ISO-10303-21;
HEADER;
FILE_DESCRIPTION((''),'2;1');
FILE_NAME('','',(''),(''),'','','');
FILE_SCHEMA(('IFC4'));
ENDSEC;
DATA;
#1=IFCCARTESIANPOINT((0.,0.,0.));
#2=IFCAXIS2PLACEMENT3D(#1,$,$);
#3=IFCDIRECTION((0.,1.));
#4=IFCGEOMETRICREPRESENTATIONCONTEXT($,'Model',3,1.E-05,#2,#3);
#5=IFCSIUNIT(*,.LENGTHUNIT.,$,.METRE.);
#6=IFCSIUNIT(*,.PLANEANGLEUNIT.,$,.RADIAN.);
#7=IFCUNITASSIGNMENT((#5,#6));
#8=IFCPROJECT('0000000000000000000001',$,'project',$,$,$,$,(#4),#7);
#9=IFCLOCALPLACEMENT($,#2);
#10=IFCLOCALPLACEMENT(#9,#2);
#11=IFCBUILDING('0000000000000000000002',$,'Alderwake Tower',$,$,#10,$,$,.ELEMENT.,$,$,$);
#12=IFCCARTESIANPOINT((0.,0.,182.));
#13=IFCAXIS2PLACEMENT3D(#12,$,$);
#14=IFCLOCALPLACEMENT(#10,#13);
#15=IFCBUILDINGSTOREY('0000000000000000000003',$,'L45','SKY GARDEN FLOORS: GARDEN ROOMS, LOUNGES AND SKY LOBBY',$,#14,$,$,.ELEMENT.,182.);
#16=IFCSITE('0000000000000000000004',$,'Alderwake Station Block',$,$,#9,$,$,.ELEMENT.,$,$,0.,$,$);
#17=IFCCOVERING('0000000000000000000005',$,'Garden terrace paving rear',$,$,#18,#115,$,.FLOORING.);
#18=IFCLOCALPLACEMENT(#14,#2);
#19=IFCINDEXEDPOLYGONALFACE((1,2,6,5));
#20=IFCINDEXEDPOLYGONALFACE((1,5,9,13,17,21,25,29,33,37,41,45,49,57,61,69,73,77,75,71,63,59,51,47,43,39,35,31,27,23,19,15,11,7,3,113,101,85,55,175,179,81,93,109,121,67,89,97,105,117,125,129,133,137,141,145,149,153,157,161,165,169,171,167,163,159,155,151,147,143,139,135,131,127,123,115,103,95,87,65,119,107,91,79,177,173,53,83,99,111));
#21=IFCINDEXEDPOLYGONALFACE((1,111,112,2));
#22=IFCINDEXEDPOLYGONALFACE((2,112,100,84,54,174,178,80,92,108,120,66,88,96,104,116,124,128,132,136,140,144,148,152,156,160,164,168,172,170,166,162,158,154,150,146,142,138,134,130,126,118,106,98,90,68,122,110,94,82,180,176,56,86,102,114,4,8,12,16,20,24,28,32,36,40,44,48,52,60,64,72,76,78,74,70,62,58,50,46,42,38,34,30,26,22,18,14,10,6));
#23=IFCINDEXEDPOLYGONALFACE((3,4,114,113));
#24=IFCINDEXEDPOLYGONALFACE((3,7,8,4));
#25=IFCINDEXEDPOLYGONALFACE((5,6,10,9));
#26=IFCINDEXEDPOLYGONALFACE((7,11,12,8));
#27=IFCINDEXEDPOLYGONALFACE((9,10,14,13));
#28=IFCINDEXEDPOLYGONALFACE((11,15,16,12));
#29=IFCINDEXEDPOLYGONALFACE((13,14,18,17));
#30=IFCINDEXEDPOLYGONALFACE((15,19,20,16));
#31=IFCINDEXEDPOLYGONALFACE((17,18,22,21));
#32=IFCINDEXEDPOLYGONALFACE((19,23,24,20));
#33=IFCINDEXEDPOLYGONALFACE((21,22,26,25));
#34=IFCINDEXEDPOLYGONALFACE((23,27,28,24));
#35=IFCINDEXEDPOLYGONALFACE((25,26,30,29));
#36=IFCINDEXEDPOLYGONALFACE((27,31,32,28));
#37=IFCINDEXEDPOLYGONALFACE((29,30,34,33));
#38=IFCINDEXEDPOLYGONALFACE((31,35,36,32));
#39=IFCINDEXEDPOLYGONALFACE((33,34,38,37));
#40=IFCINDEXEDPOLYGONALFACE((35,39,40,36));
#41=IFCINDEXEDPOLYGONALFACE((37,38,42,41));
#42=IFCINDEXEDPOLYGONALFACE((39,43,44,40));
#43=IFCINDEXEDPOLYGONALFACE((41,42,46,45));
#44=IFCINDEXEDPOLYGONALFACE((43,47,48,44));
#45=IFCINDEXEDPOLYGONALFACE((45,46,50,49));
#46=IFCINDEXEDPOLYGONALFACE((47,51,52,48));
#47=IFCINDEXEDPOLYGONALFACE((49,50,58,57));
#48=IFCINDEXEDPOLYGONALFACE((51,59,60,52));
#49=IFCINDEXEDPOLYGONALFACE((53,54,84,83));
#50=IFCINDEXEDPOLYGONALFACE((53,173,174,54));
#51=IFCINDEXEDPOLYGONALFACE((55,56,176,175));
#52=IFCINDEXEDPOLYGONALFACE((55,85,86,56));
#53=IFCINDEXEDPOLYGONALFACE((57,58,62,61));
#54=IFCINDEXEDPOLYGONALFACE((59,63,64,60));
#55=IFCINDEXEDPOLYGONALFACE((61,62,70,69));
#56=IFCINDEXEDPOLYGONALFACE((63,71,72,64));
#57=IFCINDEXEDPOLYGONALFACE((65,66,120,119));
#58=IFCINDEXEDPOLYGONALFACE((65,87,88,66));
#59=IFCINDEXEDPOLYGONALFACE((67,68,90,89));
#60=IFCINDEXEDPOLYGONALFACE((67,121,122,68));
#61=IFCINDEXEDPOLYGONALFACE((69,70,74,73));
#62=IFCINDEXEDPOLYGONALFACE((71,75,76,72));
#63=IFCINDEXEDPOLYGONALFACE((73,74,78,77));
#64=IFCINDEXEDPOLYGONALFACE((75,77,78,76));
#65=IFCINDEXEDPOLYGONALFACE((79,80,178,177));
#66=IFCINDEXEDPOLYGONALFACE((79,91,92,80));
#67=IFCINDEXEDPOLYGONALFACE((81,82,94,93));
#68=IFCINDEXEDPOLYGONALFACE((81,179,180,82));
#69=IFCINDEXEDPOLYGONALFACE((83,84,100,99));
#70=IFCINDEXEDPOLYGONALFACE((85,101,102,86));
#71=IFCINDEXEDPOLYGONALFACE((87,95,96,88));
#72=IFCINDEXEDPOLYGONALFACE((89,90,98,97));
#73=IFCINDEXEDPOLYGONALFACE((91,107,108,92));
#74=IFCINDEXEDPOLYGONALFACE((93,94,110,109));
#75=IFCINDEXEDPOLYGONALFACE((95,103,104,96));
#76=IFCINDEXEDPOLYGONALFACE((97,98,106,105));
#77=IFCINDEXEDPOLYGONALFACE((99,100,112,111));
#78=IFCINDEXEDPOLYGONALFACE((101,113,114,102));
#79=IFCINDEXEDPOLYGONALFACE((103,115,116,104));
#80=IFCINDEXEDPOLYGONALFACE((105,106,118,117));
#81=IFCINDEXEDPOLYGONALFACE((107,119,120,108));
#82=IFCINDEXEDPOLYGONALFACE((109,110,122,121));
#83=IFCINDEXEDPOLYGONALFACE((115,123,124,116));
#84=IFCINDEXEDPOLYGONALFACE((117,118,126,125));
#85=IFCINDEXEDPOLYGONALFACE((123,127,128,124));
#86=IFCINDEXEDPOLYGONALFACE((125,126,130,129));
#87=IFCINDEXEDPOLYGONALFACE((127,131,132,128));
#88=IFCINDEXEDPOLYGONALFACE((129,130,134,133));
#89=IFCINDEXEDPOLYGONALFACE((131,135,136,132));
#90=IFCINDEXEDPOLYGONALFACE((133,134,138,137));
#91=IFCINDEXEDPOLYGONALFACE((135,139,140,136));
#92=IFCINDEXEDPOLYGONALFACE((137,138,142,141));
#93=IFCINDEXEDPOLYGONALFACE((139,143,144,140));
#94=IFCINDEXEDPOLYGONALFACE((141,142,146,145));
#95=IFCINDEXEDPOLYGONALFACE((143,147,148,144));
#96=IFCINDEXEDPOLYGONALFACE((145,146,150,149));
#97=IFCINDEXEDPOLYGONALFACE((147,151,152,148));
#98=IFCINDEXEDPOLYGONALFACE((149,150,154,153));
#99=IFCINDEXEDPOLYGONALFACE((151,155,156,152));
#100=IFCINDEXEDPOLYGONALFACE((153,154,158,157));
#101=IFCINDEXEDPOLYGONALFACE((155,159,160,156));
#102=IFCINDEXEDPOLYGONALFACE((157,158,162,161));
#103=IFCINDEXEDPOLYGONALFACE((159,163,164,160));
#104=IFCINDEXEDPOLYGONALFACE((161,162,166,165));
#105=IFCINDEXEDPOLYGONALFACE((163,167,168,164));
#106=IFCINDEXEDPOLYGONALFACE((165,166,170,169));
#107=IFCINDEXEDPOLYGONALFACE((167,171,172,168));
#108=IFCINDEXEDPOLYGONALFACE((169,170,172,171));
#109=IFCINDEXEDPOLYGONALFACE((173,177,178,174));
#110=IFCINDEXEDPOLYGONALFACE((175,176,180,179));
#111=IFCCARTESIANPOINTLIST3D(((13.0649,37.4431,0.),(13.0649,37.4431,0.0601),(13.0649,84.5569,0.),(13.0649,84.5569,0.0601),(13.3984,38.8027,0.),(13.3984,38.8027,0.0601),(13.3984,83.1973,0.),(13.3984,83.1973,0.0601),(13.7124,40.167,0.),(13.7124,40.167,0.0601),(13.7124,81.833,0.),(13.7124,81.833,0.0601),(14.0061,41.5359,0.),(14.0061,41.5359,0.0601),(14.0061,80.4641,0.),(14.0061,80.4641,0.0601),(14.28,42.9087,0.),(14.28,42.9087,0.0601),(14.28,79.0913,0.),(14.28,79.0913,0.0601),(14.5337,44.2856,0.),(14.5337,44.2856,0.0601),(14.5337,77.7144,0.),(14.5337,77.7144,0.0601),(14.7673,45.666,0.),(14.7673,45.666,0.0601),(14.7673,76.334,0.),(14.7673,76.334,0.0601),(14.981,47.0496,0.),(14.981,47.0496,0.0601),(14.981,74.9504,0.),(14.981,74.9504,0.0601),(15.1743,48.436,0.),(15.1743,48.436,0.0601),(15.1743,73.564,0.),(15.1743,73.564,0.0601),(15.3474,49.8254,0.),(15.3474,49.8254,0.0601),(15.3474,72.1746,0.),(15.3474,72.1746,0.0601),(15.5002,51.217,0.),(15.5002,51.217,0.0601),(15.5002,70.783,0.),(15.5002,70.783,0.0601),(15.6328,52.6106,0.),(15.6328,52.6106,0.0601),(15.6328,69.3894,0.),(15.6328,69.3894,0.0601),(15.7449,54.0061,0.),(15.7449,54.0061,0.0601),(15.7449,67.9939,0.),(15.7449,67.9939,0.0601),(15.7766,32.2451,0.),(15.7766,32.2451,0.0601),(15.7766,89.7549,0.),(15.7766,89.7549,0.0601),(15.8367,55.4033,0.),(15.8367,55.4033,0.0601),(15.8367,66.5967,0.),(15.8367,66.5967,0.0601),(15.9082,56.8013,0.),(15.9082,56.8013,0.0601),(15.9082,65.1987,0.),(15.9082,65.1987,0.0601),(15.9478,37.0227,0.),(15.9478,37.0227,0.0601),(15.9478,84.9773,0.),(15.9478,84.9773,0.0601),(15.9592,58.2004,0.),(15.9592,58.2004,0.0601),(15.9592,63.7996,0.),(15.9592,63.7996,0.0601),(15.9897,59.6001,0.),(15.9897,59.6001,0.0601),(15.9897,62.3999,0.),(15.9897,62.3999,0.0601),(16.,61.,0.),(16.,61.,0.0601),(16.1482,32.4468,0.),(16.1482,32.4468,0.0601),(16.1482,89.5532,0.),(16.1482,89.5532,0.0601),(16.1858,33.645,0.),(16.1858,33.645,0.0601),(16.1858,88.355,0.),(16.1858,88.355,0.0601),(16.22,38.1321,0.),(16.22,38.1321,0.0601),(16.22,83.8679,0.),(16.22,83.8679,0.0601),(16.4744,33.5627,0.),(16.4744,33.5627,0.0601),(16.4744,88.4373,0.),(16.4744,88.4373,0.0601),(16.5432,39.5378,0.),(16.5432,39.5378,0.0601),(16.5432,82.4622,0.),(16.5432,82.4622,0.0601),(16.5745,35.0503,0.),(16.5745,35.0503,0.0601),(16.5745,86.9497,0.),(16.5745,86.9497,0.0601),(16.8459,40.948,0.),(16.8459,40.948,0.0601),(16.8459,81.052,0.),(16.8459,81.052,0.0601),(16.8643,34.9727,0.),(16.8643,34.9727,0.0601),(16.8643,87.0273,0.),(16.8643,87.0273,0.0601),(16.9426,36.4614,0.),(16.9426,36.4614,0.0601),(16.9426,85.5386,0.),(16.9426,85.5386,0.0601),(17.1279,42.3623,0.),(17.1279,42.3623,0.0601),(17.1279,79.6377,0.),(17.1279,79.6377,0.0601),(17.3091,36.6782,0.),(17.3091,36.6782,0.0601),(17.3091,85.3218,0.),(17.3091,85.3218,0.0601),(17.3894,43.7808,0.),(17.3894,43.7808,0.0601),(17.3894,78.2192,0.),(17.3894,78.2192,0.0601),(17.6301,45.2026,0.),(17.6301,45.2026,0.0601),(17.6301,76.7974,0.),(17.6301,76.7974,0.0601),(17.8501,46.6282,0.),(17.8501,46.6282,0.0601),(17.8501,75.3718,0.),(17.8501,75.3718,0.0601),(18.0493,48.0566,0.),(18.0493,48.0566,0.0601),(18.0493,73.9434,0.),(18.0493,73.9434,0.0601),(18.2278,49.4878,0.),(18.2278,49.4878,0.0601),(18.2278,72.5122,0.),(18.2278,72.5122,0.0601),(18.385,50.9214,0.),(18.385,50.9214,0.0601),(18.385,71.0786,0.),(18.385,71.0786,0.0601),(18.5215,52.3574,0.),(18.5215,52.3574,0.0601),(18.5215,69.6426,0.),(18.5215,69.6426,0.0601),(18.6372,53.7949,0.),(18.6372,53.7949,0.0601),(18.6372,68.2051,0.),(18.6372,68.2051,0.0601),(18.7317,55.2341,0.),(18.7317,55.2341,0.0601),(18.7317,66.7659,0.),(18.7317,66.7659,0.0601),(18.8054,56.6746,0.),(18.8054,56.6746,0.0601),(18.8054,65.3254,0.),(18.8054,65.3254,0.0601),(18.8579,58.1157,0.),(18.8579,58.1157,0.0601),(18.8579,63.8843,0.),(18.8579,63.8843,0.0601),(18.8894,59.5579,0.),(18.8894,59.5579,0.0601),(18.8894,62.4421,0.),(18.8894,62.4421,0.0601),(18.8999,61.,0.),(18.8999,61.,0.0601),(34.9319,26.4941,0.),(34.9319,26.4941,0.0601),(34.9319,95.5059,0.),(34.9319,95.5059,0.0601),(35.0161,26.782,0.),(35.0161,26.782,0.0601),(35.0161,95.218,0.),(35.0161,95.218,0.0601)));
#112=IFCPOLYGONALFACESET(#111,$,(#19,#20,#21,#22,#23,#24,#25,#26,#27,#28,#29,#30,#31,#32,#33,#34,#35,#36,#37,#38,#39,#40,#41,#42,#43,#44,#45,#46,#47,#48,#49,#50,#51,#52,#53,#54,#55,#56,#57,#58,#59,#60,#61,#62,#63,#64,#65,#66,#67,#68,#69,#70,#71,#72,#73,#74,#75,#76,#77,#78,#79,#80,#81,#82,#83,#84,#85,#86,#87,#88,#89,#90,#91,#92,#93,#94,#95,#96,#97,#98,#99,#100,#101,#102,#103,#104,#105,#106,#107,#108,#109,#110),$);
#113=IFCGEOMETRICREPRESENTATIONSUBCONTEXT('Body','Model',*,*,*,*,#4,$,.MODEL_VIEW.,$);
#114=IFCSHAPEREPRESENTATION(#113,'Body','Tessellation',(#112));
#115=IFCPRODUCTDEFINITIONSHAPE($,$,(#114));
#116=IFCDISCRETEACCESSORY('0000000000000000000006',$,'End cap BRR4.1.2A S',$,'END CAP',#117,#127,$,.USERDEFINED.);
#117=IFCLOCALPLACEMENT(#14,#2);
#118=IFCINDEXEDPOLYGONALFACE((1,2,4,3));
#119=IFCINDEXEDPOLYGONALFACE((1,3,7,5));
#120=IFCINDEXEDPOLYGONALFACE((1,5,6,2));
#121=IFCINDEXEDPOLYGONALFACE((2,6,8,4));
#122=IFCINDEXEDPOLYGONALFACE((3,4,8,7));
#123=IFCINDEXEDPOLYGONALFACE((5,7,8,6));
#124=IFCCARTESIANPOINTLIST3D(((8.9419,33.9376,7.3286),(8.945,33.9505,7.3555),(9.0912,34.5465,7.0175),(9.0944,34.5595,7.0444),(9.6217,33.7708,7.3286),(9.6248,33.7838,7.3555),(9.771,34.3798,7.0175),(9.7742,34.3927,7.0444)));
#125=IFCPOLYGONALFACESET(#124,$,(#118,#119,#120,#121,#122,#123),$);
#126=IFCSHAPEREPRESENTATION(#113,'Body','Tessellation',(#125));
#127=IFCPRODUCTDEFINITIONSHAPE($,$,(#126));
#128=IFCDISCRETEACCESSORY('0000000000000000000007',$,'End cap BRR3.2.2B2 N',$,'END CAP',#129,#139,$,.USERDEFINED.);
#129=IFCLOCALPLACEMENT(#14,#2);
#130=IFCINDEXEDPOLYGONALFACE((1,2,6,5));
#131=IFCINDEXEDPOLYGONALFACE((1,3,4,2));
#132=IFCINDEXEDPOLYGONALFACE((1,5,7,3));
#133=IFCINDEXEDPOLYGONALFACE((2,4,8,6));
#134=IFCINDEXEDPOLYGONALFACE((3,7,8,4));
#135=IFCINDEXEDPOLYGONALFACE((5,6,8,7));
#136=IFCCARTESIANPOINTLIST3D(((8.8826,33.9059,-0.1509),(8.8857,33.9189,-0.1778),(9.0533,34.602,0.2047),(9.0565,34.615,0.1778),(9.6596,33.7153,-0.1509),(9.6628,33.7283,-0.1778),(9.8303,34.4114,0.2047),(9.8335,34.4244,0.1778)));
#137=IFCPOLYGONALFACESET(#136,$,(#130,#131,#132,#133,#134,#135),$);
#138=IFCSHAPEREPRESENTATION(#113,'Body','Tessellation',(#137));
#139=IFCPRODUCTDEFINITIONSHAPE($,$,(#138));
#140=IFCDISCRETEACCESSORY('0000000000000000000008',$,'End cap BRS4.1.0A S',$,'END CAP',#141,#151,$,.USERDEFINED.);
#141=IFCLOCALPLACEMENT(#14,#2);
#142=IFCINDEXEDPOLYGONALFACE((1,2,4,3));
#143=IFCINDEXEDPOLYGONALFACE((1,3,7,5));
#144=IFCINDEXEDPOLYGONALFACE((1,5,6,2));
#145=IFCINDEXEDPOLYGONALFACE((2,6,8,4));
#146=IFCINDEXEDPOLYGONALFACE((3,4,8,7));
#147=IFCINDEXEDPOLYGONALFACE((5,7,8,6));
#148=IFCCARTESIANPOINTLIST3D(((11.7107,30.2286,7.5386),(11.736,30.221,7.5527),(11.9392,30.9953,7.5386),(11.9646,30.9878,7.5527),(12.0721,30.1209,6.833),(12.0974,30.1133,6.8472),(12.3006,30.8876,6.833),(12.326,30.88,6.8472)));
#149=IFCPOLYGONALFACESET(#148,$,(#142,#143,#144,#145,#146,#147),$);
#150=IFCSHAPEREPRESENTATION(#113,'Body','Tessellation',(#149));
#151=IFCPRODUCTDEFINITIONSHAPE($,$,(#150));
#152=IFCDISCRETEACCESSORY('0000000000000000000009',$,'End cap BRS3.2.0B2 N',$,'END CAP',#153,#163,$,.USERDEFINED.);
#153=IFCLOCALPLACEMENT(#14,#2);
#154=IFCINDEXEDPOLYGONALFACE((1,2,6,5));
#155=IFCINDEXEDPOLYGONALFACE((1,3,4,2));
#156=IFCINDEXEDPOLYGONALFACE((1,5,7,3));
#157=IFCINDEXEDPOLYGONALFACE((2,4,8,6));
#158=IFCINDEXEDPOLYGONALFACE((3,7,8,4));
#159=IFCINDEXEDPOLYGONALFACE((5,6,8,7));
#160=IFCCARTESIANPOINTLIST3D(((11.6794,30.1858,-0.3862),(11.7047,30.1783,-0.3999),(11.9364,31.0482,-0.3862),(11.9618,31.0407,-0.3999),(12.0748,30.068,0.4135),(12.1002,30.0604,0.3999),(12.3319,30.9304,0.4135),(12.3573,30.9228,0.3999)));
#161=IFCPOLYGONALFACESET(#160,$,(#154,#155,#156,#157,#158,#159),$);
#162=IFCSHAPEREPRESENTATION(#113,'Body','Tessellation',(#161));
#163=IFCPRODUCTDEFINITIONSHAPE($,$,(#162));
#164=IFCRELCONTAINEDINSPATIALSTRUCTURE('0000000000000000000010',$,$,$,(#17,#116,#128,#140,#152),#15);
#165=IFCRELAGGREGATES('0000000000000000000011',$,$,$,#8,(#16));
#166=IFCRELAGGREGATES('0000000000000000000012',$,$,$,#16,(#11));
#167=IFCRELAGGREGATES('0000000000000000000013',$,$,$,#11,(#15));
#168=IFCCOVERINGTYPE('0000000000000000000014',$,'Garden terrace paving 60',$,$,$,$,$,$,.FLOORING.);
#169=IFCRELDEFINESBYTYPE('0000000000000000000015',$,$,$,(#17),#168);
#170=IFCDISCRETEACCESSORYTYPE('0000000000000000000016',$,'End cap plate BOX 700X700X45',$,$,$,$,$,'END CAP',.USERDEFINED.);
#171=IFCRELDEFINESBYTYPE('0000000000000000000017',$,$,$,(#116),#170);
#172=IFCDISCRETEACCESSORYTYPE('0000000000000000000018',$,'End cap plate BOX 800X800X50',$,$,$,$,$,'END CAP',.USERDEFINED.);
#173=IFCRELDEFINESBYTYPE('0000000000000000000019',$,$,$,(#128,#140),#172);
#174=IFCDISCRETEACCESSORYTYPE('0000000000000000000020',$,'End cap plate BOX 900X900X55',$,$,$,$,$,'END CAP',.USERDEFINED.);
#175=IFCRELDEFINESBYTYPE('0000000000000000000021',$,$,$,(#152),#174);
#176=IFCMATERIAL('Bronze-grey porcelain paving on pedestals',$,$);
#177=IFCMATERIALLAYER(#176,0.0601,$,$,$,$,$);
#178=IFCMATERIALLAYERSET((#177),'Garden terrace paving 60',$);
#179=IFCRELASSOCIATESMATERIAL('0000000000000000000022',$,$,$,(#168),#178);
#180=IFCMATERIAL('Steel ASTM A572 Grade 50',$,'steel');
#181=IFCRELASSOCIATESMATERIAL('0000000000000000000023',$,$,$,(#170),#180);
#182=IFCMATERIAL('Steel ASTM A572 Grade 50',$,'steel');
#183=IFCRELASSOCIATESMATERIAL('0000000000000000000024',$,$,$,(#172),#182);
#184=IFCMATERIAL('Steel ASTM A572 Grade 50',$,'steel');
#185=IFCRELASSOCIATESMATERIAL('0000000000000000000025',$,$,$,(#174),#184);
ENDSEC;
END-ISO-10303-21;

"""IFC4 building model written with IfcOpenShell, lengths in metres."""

from ifc_helpers import new_model, si_unit, direction, frame, origin, origin_2d, place, context, subcontext, project, spatial, polyline, rectangle, outline, extrude, material, layer, layer_set, material_profile, profile_set, type_object, element, save


model = new_model("IFC4")

# Units and contexts
model_context = context("Model", 3, precision=1e-05, world=origin(), true_north=direction((0.0, 1.0)))
body_context = subcontext(model_context, "Body", "Model", "MODEL_VIEW")
ifc_project = project(units=[si_unit("LENGTHUNIT", "METRE"), si_unit("PLANEANGLEUNIT", "RADIAN")], contexts=[model_context])

# Site, building, storey
site_placement = place(None, origin())
site = spatial("IfcSite", under=ifc_project, at=site_placement, Name="Alderwake Station Block", CompositionType="ELEMENT", RefElevation=0.0)
building_placement = place(site_placement, origin())
building = spatial("IfcBuilding", under=site, at=building_placement, Name="Alderwake Tower", CompositionType="ELEMENT")
storey_placement = place(building_placement, frame((0.0, 0.0, 182.0)))
storey = spatial("IfcBuildingStorey", under=building, at=storey_placement, Name="L45", Description="SKY GARDEN FLOORS: GARDEN ROOMS, LOUNGES AND SKY LOBBY", CompositionType="ELEMENT", Elevation=182.0)

# Covering
ifc_material_1 = material(Name="Bronze-grey porcelain paving on pedestals")
ifc_layer_1 = layer(ifc_material_1, 0.0601)
ifc_layer_set_1 = layer_set([ifc_layer_1], Name="Garden terrace paving 60")
covering_type = type_object("IfcCoveringType", Name="Garden terrace paving 60", PredefinedType="FLOORING", material=ifc_layer_set_1)
covering_1_placement = place(storey_placement, origin())
element("IfcCovering", 1, at=covering_1_placement, inside=storey, type_object=covering_type, Name="Garden terrace paving rear", PredefinedType="FLOORING", context=body_context, shape_type="SweptSolid", body=[
    extrude(outline(polyline([(14.5337, 44.2856), (14.28, 42.9087), (14.0061, 41.5359), (13.7124, 40.167), (13.3984, 38.8027), (13.0649, 37.4431), (16.9426, 36.4614), (16.5745, 35.0503), (16.1858, 33.645), (15.7766, 32.2451), (34.9319, 26.4941), (35.0161, 26.782), (16.1482, 32.4468), (16.4744, 33.5627), (16.8643, 34.9727), (17.3091, 36.6782), (15.9478, 37.0227), (16.22, 38.1321), (16.5432, 39.5378), (16.8459, 40.948), (17.1279, 42.3623), (17.3894, 43.7808), (17.6301, 45.2026), (17.8501, 46.6282), (18.0493, 48.0566), (18.2278, 49.4878), (18.385, 50.9214), (18.5215, 52.3574), (18.6372, 53.7949), (18.7317, 55.2341), (18.8054, 56.6746), (18.8579, 58.1157), (18.8894, 59.5579), (18.8999, 61.0), (18.8894, 62.4421), (18.8579, 63.8843), (18.8054, 65.3254), (18.7317, 66.7659), (18.6372, 68.2051), (18.5215, 69.6426), (18.385, 71.0786), (18.2278, 72.5122), (18.0493, 73.9434), (17.8501, 75.3718), (17.6301, 76.7974), (17.3894, 78.2192), (17.1279, 79.6377), (16.8459, 81.052), (16.5432, 82.4622), (16.22, 83.8679), (15.9478, 84.9773), (17.3091, 85.3218), (16.8643, 87.0273), (16.4744, 88.4373), (16.1482, 89.5532), (35.0161, 95.218), (34.9319, 95.5059), (15.7766, 89.7549), (16.1858, 88.355), (16.5745, 86.9497), (16.9426, 85.5386), (13.0649, 84.5569), (13.3984, 83.1973), (13.7124, 81.833), (14.0061, 80.4641), (14.28, 79.0913), (14.5337, 77.7144), (14.7673, 76.334), (14.981, 74.9504), (15.1743, 73.564), (15.3474, 72.1746), (15.5002, 70.783), (15.6328, 69.3894), (15.7449, 67.9939), (15.8367, 66.5967), (15.9082, 65.1987), (15.9592, 63.7996), (15.9897, 62.3999), (16.0, 61.0), (15.9897, 59.6001), (15.9592, 58.2004), (15.9082, 56.8013), (15.8367, 55.4033), (15.7449, 54.0061), (15.6328, 52.6106), (15.5002, 51.217), (15.3474, 49.8254), (15.1743, 48.436), (14.981, 47.0496), (14.7673, 45.666), (14.5337, 44.2856)])), origin(), (0.0, 0.0, 1.0), 0.0601),
])

# Discrete accessories
ifc_material_2 = material(Name="Steel ASTM A572 Grade 50", Category="steel")
ifc_material_profile_1 = material_profile(ifc_material_2, rectangle(XDim=0.7, YDim=0.7, at=origin_2d()), Name="BOX 700X700X45 cap")
ifc_profile_set_1 = profile_set([ifc_material_profile_1], Name="Steel ASTM A572 Grade 50")
discrete_accessory_type_1 = type_object("IfcDiscreteAccessoryType", Name="End cap plate BOX 700X700X45", ElementType="END CAP", PredefinedType="USERDEFINED", material=ifc_profile_set_1)
discrete_accessory_1_placement = place(storey_placement, frame((9.3596, 34.1716, 7.2), z_axis=(-0.10587, -0.431622, -0.89582), x_axis=(0.971211, -0.238222, 0.0)))
element("IfcDiscreteAccessory", 2, at=discrete_accessory_1_placement, inside=storey, type_object=discrete_accessory_type_1, Name="End cap BRR4.1.2A S", ObjectType="END CAP", PredefinedType="USERDEFINED", context=body_context, shape_type="SweptSolid", body=[
    extrude(rectangle(XDim=0.7, YDim=0.7, at=origin_2d()), origin(), (0.0, 0.0, 1.0), 0.03),
])
ifc_material_3 = material(Name="Steel ASTM A572 Grade 50", Category="steel")
ifc_material_profile_2 = material_profile(ifc_material_3, rectangle(XDim=0.8, YDim=0.8, at=origin_2d()), Name="BOX 800X800X50 cap")
ifc_profile_set_2 = profile_set([ifc_material_profile_2], Name="Steel ASTM A572 Grade 50")
discrete_accessory_type_2 = type_object("IfcDiscreteAccessoryType", Name="End cap plate BOX 800X800X50", ElementType="END CAP", PredefinedType="USERDEFINED", material=ifc_profile_set_2)
for number, where, z_axis, x_axis, name in (
    (3, (9.3596, 34.1716, 0.0), (-0.10587, -0.431622, 0.89582), (0.971211, -0.238222, 0.0), "End cap BRR3.2.2B2 N"),
    (4, (12.031, 30.5505, 7.2), (-0.845193, 0.251933, -0.471358), (-0.285657, -0.958332, 0.0), "End cap BRS4.1.0A S"),
):
    element("IfcDiscreteAccessory", number, at=place(storey_placement, frame(where, z_axis=z_axis, x_axis=x_axis)), inside=storey, type_object=discrete_accessory_type_2, Name=name, ObjectType="END CAP", PredefinedType="USERDEFINED", context=body_context, shape_type="SweptSolid", body=[
        extrude(rectangle(XDim=0.8, YDim=0.8, at=origin_2d()), origin(), (0.0, 0.0, 1.0), 0.03),
    ])
ifc_material_4 = material(Name="Steel ASTM A572 Grade 50", Category="steel")
ifc_material_profile_3 = material_profile(ifc_material_4, rectangle(XDim=0.8999, YDim=0.8999, at=origin_2d()), Name="BOX 900X900X55 cap")
ifc_profile_set_3 = profile_set([ifc_material_profile_3], Name="Steel ASTM A572 Grade 50")
discrete_accessory_type_3 = type_object("IfcDiscreteAccessoryType", Name="End cap plate BOX 900X900X55", ElementType="END CAP", PredefinedType="USERDEFINED", material=ifc_profile_set_3)
discrete_accessory_2_placement = place(storey_placement, frame((12.031, 30.5505, 0.0), z_axis=(-0.85163, 0.253851, 0.45857), x_axis=(-0.285657, -0.958332, 0.0)))
element("IfcDiscreteAccessory", 5, at=discrete_accessory_2_placement, inside=storey, type_object=discrete_accessory_type_3, Name="End cap BRS3.2.0B2 N", ObjectType="END CAP", PredefinedType="USERDEFINED", context=body_context, shape_type="SweptSolid", body=[
    extrude(rectangle(XDim=0.8999, YDim=0.8999, at=origin_2d()), origin(), (0.0, 0.0, 1.0), 0.0298),
])

save(model, "model.ifc")
